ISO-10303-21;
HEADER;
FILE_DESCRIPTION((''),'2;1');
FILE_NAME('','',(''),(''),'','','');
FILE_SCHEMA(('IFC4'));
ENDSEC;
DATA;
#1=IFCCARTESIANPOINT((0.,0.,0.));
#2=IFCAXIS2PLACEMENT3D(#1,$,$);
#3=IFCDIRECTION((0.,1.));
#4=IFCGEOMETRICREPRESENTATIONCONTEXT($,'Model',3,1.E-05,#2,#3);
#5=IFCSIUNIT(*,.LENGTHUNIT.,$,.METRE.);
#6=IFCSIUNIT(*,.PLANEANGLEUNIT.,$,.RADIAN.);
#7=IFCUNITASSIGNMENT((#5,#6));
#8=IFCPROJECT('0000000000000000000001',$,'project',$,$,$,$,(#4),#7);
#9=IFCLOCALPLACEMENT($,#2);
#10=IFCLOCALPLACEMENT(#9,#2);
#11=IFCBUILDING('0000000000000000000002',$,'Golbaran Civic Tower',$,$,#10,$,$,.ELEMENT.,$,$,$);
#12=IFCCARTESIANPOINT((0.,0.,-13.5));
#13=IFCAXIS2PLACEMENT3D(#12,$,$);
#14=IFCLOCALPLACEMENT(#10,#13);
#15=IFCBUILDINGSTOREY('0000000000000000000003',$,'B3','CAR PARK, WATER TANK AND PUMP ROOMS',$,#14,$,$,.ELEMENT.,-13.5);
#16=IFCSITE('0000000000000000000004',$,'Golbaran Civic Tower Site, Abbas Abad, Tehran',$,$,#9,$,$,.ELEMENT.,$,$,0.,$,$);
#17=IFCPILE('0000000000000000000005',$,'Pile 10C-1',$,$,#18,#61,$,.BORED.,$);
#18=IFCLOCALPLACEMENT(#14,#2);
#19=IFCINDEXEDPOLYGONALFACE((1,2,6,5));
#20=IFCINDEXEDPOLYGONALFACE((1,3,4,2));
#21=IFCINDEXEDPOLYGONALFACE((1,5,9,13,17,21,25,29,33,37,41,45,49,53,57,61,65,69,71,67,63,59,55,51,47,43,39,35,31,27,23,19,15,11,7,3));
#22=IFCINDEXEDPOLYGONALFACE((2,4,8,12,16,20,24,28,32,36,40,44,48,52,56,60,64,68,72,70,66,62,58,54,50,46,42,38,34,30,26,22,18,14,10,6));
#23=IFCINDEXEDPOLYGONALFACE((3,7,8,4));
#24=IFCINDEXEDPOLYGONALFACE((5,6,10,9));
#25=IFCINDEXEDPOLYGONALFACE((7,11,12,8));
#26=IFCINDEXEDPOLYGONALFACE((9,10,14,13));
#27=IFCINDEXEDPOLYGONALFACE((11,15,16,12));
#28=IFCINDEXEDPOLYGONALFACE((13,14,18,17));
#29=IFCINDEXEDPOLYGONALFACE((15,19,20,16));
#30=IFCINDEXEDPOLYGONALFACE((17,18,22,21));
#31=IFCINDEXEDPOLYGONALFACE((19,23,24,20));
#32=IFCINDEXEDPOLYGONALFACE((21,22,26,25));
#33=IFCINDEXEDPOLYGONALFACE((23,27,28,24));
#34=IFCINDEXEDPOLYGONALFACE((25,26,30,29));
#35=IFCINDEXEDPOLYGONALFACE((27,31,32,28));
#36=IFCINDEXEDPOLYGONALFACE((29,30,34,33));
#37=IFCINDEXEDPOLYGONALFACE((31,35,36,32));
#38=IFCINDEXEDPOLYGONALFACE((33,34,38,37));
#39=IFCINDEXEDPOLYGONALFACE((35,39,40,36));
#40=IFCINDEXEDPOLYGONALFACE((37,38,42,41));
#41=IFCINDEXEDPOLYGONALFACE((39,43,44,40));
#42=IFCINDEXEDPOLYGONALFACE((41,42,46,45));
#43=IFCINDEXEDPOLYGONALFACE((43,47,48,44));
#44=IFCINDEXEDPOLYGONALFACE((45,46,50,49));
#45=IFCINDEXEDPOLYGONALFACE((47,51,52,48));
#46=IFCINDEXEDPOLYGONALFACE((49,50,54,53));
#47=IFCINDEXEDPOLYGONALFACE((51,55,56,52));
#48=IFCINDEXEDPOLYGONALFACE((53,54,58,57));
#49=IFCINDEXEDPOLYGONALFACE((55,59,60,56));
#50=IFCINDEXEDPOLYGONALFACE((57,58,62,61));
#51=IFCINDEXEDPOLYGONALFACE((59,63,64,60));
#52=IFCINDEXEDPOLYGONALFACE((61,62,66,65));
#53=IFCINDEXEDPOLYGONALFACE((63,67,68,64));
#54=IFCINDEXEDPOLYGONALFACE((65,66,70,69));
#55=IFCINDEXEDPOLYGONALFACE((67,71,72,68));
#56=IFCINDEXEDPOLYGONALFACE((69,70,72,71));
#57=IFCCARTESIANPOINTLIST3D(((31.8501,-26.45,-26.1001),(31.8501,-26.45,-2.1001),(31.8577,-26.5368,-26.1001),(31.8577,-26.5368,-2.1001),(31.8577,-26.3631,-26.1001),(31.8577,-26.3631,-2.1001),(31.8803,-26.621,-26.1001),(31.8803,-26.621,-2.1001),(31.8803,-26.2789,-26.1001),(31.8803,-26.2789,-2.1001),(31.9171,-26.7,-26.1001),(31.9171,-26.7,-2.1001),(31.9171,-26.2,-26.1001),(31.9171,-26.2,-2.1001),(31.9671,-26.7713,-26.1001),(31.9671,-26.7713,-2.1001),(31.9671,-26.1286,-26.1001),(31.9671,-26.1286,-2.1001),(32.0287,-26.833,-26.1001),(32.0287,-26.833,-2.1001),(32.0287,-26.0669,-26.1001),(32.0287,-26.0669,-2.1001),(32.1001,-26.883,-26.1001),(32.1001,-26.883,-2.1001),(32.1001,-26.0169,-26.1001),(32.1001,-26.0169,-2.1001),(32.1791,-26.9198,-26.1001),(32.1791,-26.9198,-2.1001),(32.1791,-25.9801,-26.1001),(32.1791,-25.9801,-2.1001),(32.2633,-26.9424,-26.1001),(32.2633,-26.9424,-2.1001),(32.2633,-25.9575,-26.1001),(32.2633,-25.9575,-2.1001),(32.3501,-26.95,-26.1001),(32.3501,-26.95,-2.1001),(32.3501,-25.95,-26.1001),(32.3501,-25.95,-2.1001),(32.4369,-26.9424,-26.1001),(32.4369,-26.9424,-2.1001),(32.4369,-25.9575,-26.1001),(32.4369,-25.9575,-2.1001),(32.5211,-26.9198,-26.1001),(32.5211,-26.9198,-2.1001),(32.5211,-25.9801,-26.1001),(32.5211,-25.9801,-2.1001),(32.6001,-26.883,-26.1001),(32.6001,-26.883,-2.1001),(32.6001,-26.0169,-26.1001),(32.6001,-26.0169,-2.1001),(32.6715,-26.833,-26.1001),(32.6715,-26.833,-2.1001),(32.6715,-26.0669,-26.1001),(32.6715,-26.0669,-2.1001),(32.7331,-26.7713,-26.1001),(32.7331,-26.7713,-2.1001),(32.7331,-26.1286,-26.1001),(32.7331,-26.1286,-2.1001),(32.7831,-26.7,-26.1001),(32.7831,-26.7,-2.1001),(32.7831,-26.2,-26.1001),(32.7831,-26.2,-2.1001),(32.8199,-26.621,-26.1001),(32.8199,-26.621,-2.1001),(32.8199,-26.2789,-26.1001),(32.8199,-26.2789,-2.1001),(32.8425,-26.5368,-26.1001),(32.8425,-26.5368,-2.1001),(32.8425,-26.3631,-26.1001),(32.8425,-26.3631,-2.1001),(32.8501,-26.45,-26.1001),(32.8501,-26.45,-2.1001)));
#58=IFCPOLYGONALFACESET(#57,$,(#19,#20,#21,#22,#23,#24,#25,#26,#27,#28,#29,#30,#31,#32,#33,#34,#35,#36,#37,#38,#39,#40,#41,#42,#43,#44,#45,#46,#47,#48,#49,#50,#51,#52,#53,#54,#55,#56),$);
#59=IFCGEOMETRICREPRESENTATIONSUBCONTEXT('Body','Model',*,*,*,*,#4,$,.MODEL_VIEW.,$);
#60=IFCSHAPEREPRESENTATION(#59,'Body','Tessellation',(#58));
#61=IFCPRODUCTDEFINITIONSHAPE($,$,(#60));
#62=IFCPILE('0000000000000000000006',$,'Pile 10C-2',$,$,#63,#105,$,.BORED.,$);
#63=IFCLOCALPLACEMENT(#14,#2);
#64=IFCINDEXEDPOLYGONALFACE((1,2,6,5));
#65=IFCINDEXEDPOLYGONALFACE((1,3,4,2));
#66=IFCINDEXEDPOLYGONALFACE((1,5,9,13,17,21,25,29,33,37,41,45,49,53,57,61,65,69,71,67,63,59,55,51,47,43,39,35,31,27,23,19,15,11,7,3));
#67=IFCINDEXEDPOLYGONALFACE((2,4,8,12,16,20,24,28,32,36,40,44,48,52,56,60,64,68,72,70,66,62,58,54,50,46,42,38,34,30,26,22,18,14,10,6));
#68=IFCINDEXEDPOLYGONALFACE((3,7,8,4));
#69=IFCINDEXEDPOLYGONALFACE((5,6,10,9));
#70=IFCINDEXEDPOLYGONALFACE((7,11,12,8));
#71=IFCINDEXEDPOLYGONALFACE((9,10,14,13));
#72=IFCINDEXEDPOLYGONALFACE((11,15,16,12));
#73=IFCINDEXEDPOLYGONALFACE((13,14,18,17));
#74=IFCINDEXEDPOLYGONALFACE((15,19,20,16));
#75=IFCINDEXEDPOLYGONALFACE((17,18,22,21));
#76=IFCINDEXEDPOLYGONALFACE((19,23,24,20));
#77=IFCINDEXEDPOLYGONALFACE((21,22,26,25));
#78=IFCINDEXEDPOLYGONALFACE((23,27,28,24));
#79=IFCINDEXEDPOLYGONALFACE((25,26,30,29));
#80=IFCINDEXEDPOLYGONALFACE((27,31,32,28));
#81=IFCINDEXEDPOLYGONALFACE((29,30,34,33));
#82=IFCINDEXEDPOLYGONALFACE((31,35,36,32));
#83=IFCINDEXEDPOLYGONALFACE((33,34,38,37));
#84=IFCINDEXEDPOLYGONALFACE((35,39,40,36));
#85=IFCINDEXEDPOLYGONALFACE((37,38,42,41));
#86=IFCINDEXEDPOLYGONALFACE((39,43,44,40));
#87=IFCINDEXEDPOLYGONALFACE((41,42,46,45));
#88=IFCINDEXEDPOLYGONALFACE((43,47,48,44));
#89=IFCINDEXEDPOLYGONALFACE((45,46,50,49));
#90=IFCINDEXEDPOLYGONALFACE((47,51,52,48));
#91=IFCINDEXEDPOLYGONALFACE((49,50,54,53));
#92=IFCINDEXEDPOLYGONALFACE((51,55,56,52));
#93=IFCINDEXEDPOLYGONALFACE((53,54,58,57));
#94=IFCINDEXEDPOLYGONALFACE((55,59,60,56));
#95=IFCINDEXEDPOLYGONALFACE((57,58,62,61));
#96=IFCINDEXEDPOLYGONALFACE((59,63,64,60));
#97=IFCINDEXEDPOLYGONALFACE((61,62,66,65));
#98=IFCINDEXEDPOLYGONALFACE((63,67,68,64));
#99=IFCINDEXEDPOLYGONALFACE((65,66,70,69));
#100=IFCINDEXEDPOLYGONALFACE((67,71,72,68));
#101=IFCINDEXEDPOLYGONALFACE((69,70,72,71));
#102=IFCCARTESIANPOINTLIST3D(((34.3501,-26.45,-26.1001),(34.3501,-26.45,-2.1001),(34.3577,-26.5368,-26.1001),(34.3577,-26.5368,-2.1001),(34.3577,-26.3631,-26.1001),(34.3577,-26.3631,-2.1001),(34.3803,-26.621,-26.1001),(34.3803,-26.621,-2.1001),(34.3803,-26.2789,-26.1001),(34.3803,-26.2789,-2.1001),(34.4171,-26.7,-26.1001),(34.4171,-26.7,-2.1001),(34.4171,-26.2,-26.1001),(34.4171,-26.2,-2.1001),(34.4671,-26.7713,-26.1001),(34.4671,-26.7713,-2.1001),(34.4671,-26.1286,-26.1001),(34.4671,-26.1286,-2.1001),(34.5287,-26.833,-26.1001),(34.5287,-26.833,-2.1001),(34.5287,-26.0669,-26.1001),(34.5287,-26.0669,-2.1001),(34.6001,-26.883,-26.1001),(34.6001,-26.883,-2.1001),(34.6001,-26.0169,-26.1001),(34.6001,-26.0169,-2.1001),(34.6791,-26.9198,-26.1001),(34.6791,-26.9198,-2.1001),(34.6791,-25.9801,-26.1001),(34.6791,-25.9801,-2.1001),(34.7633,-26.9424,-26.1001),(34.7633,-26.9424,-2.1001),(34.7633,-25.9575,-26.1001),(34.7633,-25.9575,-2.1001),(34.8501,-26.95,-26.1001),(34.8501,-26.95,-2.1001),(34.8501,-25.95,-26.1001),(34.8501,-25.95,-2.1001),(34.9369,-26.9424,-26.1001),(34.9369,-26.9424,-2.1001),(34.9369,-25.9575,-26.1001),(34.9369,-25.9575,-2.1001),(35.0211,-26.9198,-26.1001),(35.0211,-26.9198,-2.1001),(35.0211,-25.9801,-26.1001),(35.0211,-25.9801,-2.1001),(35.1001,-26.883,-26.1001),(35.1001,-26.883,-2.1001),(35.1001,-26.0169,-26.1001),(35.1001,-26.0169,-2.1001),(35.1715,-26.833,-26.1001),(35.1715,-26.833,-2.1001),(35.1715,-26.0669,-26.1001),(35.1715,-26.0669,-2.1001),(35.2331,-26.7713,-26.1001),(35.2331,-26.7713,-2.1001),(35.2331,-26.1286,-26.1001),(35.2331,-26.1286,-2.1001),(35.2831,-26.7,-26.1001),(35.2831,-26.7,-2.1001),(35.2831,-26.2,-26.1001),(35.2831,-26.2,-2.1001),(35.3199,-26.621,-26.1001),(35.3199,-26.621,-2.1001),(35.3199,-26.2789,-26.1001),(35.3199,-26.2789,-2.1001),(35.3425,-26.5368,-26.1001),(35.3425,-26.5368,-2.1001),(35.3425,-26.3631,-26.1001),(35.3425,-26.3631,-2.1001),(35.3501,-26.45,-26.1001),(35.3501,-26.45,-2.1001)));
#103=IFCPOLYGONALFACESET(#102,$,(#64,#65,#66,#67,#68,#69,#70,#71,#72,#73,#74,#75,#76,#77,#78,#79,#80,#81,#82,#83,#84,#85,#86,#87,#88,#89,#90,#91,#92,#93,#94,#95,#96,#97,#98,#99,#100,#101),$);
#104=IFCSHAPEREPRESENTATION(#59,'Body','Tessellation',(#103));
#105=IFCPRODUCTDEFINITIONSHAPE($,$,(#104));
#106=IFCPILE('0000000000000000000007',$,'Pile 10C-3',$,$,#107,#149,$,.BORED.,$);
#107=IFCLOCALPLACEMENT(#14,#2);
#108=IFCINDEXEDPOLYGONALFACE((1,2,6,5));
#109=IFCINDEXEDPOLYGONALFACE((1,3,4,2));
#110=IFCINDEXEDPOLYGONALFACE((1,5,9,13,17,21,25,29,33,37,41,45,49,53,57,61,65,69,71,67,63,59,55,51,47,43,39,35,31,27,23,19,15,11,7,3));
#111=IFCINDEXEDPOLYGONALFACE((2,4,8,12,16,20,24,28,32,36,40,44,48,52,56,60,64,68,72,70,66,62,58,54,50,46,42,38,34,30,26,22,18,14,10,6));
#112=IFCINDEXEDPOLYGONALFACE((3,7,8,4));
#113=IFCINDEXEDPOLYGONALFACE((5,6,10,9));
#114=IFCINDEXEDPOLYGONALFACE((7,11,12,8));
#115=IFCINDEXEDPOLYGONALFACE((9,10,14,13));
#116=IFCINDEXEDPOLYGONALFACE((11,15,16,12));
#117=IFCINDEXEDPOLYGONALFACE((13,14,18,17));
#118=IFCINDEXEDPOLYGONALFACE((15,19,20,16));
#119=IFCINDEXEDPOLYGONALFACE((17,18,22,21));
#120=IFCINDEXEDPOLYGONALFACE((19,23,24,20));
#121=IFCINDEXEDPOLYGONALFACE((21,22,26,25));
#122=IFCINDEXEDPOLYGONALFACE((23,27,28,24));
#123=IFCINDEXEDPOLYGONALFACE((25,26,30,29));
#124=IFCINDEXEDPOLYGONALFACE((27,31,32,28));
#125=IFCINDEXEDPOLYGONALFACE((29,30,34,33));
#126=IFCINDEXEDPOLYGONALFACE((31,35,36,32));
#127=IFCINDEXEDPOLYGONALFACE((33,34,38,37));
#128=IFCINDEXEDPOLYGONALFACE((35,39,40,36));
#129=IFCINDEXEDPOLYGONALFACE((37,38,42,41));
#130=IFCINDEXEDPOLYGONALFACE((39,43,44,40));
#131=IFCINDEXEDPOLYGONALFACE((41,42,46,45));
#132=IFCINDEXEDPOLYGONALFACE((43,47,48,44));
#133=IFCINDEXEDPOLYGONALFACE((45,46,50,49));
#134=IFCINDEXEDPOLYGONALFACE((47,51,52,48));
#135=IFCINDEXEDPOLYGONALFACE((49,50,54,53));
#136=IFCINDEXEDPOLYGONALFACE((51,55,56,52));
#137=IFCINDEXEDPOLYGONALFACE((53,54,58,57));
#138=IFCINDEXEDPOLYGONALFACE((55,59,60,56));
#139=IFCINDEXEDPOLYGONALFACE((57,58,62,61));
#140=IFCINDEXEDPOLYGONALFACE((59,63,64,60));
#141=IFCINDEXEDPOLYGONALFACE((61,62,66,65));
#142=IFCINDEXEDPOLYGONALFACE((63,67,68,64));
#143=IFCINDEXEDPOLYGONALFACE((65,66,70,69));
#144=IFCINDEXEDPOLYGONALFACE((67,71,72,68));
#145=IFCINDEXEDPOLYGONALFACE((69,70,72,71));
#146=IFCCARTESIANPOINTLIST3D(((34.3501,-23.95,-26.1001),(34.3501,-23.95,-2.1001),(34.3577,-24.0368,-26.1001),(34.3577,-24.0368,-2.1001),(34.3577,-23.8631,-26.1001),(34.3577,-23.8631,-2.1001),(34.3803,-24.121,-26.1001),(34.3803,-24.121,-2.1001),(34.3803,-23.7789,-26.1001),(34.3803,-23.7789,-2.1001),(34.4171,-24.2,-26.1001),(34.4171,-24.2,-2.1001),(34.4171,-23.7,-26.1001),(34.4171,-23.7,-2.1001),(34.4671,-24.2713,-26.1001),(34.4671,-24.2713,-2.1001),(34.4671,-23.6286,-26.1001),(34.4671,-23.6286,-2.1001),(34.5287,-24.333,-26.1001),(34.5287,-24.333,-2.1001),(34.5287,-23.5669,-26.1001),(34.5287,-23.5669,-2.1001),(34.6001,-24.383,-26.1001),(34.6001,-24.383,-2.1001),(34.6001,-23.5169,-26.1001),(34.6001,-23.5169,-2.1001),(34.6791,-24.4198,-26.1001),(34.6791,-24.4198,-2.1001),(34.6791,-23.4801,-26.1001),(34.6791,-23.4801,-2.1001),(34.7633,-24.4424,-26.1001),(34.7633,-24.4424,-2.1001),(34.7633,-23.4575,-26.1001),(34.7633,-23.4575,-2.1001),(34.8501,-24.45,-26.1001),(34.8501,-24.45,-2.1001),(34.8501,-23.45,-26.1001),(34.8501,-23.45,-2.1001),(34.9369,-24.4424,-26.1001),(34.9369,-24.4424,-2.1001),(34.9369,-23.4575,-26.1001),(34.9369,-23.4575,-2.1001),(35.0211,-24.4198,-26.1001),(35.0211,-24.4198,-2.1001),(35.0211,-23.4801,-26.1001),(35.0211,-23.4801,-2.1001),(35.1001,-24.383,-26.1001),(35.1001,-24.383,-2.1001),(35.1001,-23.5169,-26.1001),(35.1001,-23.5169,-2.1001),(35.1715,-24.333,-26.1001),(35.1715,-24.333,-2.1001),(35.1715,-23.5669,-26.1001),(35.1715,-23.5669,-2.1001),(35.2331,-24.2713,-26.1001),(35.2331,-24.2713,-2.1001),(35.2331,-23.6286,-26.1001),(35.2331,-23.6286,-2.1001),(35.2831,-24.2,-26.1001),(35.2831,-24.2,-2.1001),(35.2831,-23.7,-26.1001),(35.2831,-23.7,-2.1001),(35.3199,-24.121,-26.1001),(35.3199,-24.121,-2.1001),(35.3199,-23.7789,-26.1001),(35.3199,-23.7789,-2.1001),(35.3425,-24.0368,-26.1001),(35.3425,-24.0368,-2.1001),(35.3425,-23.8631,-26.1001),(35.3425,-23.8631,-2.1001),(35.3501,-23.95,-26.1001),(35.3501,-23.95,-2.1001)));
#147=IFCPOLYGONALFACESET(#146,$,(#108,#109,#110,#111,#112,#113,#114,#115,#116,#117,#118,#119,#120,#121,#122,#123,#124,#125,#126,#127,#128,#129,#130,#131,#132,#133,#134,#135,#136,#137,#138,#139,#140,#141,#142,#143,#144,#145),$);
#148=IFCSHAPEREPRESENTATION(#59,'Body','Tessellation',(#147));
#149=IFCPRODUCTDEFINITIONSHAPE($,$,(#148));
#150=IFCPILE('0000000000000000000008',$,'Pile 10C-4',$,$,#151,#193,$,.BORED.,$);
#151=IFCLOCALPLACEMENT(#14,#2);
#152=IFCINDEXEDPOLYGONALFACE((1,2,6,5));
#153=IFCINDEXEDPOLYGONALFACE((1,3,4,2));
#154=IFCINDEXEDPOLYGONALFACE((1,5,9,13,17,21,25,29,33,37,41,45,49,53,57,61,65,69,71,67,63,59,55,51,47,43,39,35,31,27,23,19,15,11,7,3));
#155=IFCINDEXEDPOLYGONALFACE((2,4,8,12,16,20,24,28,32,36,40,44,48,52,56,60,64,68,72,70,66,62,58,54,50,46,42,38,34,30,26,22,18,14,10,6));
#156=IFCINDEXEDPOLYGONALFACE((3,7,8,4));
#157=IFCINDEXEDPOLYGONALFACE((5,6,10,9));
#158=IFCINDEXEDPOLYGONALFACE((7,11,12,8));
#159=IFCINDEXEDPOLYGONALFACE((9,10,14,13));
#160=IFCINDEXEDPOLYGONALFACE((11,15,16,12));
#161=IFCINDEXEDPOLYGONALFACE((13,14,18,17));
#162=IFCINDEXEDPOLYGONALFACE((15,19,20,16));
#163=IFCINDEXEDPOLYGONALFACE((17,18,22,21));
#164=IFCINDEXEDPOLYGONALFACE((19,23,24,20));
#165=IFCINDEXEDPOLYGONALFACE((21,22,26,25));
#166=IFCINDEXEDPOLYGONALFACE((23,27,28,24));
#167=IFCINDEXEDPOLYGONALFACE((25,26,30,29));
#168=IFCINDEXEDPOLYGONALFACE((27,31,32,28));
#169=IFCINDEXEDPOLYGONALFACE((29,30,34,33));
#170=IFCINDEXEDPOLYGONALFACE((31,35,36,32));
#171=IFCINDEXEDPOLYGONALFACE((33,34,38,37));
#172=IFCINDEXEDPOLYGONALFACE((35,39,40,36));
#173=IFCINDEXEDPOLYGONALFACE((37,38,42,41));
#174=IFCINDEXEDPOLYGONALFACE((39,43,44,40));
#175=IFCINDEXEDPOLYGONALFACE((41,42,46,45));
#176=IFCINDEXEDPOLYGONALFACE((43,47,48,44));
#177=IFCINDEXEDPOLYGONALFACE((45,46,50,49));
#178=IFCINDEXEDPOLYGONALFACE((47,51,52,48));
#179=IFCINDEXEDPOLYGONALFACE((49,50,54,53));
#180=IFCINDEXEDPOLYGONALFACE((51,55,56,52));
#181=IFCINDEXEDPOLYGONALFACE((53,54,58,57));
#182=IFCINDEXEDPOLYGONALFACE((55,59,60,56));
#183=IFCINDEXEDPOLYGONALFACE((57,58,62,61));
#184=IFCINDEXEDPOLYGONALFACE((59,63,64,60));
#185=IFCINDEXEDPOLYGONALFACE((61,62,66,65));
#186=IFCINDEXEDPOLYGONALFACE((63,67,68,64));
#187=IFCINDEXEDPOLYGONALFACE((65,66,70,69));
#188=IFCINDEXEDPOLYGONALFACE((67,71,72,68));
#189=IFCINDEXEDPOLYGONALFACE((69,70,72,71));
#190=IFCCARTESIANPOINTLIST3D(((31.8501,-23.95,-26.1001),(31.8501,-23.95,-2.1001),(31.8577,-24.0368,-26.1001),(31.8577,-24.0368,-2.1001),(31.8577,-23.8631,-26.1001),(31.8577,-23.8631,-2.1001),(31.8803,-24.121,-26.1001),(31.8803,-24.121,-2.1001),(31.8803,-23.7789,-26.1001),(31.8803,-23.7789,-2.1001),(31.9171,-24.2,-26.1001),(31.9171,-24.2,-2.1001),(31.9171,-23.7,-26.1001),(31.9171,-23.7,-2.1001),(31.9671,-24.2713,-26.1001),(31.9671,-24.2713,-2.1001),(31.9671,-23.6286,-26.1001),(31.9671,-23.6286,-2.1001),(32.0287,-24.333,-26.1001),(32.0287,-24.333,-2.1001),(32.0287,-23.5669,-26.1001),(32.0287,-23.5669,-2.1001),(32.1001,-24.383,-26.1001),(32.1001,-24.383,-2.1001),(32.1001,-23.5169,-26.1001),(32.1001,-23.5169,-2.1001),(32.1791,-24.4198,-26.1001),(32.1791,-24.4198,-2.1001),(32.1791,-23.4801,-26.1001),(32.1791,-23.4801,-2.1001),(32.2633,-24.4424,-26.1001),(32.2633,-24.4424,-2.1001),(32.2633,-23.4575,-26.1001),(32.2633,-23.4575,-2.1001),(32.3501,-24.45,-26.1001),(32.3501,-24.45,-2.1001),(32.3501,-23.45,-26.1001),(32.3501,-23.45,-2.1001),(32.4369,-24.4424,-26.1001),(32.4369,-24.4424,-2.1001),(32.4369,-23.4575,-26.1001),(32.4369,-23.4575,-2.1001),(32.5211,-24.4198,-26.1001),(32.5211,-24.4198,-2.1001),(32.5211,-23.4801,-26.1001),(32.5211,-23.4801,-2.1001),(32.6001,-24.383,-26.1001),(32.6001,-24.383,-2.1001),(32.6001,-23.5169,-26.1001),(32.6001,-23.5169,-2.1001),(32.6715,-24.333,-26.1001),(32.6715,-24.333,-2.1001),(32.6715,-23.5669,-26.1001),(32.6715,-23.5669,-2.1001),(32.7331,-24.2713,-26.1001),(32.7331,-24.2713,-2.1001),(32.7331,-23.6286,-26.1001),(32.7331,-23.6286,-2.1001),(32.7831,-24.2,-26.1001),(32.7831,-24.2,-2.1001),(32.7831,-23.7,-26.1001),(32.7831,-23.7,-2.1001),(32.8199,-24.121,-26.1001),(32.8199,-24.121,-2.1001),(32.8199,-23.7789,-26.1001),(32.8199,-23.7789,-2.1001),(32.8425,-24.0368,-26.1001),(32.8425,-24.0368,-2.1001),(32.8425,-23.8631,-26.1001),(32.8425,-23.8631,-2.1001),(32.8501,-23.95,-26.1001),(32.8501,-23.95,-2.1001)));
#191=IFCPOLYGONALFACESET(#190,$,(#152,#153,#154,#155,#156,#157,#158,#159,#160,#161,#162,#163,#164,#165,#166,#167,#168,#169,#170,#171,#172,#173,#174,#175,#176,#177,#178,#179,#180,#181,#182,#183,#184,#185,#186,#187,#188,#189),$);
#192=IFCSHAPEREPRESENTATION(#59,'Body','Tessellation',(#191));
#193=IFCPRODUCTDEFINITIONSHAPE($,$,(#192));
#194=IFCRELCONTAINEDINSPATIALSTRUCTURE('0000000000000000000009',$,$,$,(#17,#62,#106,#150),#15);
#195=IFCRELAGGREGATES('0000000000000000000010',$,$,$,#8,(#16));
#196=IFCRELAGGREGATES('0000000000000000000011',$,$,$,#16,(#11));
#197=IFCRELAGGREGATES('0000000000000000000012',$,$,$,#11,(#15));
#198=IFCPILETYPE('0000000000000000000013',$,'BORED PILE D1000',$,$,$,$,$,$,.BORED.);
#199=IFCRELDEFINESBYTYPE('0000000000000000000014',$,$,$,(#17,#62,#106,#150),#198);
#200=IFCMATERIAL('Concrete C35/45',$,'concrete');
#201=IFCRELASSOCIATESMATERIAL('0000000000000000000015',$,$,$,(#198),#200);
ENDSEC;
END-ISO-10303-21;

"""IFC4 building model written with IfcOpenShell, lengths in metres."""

from ifc_helpers import new_model, si_unit, direction, frame, origin, origin_2d, place, context, subcontext, project, spatial, circle, extrude, material, material_profile, profile_set, type_object, element, save


model = new_model("IFC4")

# Units and contexts
model_context = context("Model", 3, precision=1e-05, world=origin(), true_north=direction((0.0, 1.0)))
body_context = subcontext(model_context, "Body", "Model", "MODEL_VIEW")
ifc_project = project(units=[si_unit("LENGTHUNIT", "METRE"), si_unit("PLANEANGLEUNIT", "RADIAN")], contexts=[model_context])

# Site, building, storey
site_placement = place(None, origin())
site = spatial("IfcSite", under=ifc_project, at=site_placement, Name="Golbaran Civic Tower Site, Abbas Abad, Tehran", CompositionType="ELEMENT", RefElevation=0.0)
building_placement = place(site_placement, origin())
building = spatial("IfcBuilding", under=site, at=building_placement, Name="Golbaran Civic Tower", CompositionType="ELEMENT")
storey_placement = place(building_placement, frame((0.0, 0.0, -13.5)))
storey = spatial("IfcBuildingStorey", under=building, at=storey_placement, Name="B3", Description="CAR PARK, WATER TANK AND PUMP ROOMS", CompositionType="ELEMENT", Elevation=-13.5)

# Piles
ifc_material_1 = material(Name="Concrete C35/45", Category="concrete")
ifc_material_profile_1 = material_profile(ifc_material_1, circle(Radius=0.5, at=origin_2d()), Name="BORED PILE D1000")
ifc_profile_set_1 = profile_set([ifc_material_profile_1], Name="Concrete C35/45")
pile_type_1 = type_object("IfcPileType", Name="BORED PILE D1000", PredefinedType="BORED", material=ifc_profile_set_1)
for number, where, z_axis, x_axis, name in (
    (1, (32.3501, -26.45, -2.1001), (0.0, 0.0, -1.0), (1.0, 0.0, 0.0), "Pile 10C-1"),
    (2, (34.8501, -26.45, -2.1001), (0.0, 0.0, -1.0), (1.0, 0.0, 0.0), "Pile 10C-2"),
    (3, (34.8501, -23.95, -2.1001), (0.0, 0.0, -1.0), (1.0, 0.0, 0.0), "Pile 10C-3"),
    (4, (32.3501, -23.95, -2.1001), (0.0, 0.0, -1.0), (1.0, 0.0, 0.0), "Pile 10C-4"),
):
    element("IfcPile", number, at=place(storey_placement, frame(where, z_axis=z_axis, x_axis=x_axis)), inside=storey, type_object=pile_type_1, Name=name, PredefinedType="BORED", context=body_context, shape_type="SweptSolid", body=[
        extrude(circle(Radius=0.5, at=origin_2d()), origin(), (0.0, 0.0, 1.0), 24.0),
    ])

save(model, "model.ifc")
